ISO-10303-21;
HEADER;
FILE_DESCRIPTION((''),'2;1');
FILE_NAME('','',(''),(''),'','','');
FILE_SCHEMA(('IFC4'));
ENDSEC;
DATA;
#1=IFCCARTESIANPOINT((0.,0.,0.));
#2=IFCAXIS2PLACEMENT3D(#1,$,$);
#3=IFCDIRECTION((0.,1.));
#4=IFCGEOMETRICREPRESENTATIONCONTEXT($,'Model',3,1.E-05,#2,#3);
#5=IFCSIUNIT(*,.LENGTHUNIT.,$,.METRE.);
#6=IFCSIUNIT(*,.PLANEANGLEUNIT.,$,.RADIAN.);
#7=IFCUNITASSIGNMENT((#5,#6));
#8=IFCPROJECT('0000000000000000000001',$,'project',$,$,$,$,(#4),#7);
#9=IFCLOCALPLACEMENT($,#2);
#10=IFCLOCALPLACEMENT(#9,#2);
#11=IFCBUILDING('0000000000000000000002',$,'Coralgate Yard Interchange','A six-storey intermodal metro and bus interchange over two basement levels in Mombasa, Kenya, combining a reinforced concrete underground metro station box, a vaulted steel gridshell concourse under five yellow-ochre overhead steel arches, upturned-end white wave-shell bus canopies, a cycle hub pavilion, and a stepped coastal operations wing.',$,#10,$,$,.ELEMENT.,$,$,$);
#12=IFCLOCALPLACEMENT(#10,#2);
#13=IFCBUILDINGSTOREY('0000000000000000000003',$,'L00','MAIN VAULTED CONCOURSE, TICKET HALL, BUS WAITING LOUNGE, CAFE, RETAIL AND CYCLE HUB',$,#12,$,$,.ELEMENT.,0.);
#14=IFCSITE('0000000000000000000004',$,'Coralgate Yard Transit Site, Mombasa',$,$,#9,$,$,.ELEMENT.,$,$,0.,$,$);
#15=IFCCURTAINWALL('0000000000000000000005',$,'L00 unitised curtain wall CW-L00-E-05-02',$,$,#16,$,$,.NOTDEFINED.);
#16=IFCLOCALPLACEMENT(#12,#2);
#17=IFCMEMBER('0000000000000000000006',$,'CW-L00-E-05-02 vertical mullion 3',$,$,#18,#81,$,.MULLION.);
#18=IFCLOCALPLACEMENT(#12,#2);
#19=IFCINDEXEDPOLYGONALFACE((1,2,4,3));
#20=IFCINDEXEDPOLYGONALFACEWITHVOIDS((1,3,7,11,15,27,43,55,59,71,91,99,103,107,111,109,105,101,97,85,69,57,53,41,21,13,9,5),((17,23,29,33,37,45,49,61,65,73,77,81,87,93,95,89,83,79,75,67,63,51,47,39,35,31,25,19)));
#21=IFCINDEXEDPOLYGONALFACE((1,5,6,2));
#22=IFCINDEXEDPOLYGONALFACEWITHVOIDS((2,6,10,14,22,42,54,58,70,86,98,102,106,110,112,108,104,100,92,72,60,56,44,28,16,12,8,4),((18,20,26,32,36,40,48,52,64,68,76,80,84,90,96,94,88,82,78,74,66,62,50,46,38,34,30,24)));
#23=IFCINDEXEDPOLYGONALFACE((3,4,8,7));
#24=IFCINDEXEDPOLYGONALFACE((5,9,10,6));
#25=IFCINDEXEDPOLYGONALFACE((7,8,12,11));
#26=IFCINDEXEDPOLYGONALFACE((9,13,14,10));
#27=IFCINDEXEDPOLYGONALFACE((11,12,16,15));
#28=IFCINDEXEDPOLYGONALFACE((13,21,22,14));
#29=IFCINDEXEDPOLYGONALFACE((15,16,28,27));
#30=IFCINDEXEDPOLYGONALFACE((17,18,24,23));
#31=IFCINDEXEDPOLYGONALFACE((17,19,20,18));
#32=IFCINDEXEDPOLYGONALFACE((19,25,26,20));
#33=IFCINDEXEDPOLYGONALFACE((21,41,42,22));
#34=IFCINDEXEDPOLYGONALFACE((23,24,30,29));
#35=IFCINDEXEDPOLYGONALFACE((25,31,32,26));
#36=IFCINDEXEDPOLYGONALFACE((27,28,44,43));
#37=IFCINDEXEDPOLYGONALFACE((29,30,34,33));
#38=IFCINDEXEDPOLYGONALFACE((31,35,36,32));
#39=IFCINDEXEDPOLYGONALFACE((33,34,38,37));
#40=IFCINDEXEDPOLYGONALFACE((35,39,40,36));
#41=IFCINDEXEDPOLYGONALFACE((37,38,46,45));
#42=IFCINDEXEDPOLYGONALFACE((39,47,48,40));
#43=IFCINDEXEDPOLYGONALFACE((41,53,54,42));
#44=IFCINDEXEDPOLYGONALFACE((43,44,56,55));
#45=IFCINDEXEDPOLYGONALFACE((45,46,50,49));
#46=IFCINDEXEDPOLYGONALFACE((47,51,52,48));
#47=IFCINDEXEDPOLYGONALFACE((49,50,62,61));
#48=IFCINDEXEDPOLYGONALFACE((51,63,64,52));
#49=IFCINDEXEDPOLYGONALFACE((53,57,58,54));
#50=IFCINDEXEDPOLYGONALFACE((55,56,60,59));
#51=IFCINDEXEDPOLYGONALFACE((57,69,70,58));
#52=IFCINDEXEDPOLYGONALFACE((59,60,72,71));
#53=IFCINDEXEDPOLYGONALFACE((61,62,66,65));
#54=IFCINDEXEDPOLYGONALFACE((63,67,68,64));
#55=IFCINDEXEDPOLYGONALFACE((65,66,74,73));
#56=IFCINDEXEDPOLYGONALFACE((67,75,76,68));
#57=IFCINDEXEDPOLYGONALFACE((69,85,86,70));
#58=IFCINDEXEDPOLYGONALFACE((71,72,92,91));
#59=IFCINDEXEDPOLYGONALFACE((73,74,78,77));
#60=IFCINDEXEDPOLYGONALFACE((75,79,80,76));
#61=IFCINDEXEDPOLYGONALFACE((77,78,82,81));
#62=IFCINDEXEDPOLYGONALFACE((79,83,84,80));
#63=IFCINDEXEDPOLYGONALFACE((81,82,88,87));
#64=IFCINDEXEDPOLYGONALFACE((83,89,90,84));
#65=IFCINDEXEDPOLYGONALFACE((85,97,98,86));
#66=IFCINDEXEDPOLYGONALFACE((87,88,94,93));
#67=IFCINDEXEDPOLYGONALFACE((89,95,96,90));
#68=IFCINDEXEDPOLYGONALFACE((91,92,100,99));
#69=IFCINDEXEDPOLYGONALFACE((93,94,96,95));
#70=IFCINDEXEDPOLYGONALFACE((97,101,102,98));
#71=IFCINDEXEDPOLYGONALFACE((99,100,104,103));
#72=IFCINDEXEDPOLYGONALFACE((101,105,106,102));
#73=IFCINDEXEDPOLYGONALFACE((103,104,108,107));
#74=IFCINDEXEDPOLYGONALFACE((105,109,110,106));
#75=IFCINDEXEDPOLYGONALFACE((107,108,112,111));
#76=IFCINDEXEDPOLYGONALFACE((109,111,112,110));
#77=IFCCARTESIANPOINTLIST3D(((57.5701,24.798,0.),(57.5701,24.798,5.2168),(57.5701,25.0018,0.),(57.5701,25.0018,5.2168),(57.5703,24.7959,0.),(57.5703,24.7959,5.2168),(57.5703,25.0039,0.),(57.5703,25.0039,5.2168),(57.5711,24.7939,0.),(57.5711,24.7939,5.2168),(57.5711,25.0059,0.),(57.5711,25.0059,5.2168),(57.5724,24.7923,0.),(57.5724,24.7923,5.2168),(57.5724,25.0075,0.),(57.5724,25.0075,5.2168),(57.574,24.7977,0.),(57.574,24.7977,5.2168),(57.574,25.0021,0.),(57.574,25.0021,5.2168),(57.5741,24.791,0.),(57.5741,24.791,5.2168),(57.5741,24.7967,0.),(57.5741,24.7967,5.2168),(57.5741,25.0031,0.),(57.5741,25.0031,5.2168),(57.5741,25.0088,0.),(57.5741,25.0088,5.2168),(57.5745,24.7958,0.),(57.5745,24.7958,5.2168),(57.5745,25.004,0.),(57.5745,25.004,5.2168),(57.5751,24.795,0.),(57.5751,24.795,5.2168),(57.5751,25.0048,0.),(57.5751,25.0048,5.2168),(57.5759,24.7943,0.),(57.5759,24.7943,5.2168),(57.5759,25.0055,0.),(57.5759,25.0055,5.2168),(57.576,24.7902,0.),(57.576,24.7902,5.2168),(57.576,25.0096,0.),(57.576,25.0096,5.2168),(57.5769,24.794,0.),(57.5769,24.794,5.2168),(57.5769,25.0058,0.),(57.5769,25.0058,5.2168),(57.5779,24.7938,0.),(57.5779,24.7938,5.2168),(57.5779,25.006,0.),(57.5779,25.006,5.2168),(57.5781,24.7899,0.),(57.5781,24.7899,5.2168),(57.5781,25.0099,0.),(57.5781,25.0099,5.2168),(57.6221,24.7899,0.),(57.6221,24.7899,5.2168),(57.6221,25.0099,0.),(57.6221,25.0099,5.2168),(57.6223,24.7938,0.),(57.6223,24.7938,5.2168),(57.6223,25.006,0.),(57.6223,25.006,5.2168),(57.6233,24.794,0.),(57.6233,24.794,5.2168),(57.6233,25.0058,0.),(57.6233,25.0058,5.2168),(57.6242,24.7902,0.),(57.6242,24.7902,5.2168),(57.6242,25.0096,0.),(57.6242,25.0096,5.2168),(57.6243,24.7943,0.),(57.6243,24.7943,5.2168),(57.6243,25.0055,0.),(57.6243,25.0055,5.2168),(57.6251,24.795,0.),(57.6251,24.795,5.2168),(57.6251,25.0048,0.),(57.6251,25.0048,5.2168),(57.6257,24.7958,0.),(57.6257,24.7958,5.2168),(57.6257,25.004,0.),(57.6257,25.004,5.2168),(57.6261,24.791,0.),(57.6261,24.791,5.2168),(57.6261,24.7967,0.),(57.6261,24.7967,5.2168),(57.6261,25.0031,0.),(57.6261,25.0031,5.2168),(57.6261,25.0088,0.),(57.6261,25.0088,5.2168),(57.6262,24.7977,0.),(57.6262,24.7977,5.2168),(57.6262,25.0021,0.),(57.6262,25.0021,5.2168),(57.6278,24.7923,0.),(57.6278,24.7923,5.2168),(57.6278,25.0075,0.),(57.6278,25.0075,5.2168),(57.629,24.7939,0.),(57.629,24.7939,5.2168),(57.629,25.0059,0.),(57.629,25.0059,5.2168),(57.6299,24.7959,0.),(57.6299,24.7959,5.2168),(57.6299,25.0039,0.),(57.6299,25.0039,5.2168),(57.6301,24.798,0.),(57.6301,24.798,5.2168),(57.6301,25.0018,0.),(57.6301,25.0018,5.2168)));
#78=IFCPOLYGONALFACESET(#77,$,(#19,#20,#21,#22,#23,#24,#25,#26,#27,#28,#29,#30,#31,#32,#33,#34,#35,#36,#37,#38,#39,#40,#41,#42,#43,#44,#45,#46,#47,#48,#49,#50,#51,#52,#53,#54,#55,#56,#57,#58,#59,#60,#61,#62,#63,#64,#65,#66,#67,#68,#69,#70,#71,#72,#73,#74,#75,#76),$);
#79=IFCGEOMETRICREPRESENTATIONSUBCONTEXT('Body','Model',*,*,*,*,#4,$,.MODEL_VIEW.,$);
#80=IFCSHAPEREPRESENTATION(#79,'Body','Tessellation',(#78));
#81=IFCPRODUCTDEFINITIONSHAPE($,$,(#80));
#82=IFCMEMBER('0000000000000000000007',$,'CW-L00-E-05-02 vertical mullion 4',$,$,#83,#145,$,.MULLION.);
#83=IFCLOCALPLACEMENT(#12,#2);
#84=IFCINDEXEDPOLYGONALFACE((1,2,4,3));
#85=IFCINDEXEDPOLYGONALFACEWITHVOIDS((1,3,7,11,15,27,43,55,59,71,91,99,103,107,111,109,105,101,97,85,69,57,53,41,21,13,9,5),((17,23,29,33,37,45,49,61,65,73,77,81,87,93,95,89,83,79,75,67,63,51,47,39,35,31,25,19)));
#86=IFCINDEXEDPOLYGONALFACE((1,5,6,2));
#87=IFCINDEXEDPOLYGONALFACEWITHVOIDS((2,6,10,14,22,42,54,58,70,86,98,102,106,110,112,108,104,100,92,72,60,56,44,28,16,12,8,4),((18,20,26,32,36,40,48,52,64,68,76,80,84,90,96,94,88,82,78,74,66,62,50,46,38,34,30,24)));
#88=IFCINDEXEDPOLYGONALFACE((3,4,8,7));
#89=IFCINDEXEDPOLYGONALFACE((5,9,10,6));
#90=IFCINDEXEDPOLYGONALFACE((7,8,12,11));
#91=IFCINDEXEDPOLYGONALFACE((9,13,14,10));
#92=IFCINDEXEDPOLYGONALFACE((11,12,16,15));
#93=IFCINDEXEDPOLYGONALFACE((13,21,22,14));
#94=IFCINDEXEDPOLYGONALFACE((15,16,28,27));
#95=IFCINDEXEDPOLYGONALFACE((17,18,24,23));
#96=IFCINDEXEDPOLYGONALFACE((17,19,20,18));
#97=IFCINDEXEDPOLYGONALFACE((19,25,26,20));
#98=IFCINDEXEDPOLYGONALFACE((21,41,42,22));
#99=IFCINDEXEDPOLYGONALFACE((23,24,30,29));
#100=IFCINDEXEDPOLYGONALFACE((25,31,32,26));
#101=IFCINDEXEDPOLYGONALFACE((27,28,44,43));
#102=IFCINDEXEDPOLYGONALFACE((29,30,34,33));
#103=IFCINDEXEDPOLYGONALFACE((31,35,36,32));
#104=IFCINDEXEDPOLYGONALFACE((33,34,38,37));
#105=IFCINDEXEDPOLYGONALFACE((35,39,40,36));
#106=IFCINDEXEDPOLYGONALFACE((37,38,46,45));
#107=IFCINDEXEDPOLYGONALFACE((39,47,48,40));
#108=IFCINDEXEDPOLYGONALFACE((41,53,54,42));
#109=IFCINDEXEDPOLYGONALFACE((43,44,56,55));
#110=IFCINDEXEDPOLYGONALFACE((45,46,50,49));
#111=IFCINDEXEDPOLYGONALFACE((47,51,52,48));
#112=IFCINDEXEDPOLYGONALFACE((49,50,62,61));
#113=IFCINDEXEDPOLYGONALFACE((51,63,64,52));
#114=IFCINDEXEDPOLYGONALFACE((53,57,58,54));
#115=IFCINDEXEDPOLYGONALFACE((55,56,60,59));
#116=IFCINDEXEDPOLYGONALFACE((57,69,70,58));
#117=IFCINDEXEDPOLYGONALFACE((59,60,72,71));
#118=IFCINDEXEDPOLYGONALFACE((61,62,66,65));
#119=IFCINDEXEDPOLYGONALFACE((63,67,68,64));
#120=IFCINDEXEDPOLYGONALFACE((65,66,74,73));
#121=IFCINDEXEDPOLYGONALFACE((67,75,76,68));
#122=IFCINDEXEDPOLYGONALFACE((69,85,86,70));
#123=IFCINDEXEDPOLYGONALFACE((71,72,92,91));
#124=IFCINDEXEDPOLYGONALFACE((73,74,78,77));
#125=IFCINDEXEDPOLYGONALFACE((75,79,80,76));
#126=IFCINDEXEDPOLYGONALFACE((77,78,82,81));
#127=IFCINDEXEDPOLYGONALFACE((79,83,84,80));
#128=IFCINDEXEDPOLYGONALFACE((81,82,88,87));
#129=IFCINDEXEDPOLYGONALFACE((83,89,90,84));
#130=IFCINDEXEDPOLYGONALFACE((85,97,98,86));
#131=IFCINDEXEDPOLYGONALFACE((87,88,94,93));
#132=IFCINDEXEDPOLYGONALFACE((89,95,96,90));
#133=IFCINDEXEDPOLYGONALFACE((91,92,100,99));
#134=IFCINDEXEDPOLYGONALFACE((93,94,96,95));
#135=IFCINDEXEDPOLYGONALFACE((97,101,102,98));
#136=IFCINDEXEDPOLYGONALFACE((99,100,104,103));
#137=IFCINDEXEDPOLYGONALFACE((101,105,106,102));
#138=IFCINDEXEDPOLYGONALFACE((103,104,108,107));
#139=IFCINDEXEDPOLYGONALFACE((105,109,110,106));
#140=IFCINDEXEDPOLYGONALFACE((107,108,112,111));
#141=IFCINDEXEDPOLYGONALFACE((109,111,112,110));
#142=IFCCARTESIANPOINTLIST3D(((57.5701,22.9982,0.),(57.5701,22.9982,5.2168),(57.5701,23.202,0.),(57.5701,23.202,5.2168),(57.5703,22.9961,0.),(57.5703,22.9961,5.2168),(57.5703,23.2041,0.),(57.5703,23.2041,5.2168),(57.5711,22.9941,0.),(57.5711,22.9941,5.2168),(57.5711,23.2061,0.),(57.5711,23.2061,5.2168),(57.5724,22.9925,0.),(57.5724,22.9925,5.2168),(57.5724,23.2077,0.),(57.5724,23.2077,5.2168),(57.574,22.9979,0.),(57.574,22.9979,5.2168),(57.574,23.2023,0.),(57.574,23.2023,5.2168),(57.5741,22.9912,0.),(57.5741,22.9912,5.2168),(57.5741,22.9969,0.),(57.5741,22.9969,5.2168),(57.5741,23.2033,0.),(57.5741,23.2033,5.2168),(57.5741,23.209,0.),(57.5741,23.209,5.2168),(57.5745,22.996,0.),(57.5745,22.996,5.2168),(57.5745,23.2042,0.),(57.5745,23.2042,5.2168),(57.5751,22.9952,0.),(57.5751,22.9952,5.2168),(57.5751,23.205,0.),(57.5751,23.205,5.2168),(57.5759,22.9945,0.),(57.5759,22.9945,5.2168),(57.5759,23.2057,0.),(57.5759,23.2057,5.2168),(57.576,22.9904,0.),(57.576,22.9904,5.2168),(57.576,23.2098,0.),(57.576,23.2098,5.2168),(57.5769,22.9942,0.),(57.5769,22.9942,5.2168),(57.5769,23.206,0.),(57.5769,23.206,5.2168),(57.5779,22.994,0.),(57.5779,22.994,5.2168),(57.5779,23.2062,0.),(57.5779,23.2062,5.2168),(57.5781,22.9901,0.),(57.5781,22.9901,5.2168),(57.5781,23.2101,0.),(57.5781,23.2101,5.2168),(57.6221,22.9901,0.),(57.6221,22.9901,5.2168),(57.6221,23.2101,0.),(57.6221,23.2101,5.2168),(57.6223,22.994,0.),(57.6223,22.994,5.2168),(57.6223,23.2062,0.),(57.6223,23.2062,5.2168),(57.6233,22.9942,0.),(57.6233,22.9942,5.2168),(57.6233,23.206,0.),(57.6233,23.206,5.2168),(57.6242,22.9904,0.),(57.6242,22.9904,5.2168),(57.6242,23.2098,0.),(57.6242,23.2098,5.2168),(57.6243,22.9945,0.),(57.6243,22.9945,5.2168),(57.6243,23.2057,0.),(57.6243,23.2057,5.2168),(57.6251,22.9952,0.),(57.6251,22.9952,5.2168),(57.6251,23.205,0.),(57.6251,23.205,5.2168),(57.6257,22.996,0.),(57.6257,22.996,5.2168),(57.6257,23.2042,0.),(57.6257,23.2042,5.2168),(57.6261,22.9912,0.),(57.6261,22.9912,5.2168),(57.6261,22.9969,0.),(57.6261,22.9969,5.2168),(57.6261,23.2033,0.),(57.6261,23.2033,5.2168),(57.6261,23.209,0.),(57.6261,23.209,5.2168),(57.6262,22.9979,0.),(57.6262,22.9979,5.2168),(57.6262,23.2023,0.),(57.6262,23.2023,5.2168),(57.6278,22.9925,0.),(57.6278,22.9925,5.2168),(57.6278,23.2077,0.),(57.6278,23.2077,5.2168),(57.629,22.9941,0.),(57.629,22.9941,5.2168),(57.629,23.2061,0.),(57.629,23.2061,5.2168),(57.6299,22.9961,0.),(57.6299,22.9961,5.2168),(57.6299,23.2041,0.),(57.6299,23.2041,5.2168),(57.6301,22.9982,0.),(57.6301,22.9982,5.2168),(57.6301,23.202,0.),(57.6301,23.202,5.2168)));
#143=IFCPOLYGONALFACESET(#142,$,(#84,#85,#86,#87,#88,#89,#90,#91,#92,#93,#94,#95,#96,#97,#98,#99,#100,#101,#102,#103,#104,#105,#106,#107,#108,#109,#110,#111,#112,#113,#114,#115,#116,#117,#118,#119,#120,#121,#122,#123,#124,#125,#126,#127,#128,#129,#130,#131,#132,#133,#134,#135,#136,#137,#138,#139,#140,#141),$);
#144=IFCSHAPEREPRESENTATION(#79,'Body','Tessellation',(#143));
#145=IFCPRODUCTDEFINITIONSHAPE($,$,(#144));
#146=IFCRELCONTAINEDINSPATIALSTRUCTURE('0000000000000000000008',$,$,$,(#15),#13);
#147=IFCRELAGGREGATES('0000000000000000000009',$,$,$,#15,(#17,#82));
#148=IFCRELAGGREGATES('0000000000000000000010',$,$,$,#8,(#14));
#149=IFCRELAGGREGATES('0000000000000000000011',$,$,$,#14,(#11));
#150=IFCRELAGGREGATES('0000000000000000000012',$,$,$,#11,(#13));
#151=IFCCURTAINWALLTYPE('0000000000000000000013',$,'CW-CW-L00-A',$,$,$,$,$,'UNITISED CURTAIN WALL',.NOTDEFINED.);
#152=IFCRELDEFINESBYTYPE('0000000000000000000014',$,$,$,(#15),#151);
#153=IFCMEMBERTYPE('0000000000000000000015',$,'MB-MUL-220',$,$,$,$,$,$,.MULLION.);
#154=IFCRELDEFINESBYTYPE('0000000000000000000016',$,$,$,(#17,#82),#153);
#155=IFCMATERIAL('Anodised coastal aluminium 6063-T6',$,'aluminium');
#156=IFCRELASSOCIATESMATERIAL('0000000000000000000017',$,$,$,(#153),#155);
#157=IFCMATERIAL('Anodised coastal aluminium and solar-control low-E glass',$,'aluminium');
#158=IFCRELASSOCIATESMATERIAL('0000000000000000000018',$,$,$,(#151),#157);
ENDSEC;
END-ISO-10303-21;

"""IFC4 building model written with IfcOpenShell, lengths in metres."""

from ifc_helpers import new_model, si_unit, direction, frame, origin, origin_2d, place, context, subcontext, project, spatial, hollow_rectangle, extrude, material, material_profile, profile_set, type_object, element, aggregate, save


model = new_model("IFC4")

# Units and contexts
model_context = context("Model", 3, precision=1e-05, world=origin(), true_north=direction((0.0, 1.0)))
body_context = subcontext(model_context, "Body", "Model", "MODEL_VIEW")
ifc_project = project(units=[si_unit("LENGTHUNIT", "METRE"), si_unit("PLANEANGLEUNIT", "RADIAN")], contexts=[model_context])

# Site, building, storey
site_placement = place(None, origin())
site = spatial("IfcSite", under=ifc_project, at=site_placement, Name="Coralgate Yard Transit Site, Mombasa", CompositionType="ELEMENT", RefElevation=0.0)
building_placement = place(site_placement, origin())
building = spatial("IfcBuilding", under=site, at=building_placement, Name="Coralgate Yard Interchange", Description="A six-storey intermodal metro and bus interchange over two basement levels in Mombasa, Kenya, combining a reinforced concrete underground metro station box, a vaulted steel gridshell concourse under five yellow-ochre overhead steel arches, upturned-end white wave-shell bus canopies, a cycle hub pavilion, and a stepped coastal operations wing.", CompositionType="ELEMENT")
storey_placement = place(building_placement, origin())
storey = spatial("IfcBuildingStorey", under=building, at=storey_placement, Name="L00", Description="MAIN VAULTED CONCOURSE, TICKET HALL, BUS WAITING LOUNGE, CAFE, RETAIL AND CYCLE HUB", CompositionType="ELEMENT", Elevation=0.0)

# Shared definitions
ifc_material_1 = material(Name="Anodised coastal aluminium and solar-control low-E glass", Category="aluminium")
ifc_material_2 = material(Name="Anodised coastal aluminium 6063-T6", Category="aluminium")
ifc_material_profile_1 = material_profile(ifc_material_2, hollow_rectangle(XDim=0.0601, YDim=0.22, WallThickness=0.0039, InnerFilletRadius=0.0039, OuterFilletRadius=0.0081, at=origin_2d()), Name="ALU 60x220x4")
ifc_profile_set_1 = profile_set([ifc_material_profile_1], Name="Anodised coastal aluminium 6063-T6")
member_type_1 = type_object("IfcMemberType", Name="MB-MUL-220", PredefinedType="MULLION", material=ifc_profile_set_1)

# Curtain wall, members
curtain_wall_type_1 = type_object("IfcCurtainWallType", Name="CW-CW-L00-A", ElementType="UNITISED CURTAIN WALL", PredefinedType="NOTDEFINED", material=ifc_material_1)
curtain_wall_1_placement = place(storey_placement, origin())
curtain_wall_1 = element("IfcCurtainWall", 1, at=curtain_wall_1_placement, inside=storey, type_object=curtain_wall_type_1, Name="L00 unitised curtain wall CW-L00-E-05-02", PredefinedType="NOTDEFINED")
member_1_placement = place(storey_placement, frame((57.6001, 24.8999, 0.0), z_axis=(0.0, 0.0, 1.0), x_axis=(1.0, 0.0, 0.0)))
member_1 = element("IfcMember", 2, at=member_1_placement, type_object=member_type_1, Name="CW-L00-E-05-02 vertical mullion 3", PredefinedType="MULLION", context=body_context, shape_type="SweptSolid", body=[
    extrude(hollow_rectangle(XDim=0.0601, YDim=0.22, WallThickness=0.0039, InnerFilletRadius=0.0039, OuterFilletRadius=0.0081, at=origin_2d()), origin(), (0.0, 0.0, 1.0), 5.2168),
])
member_2_placement = place(storey_placement, frame((57.6001, 23.1001, 0.0), z_axis=(0.0, 0.0, 1.0), x_axis=(1.0, 0.0, 0.0)))
member_2 = element("IfcMember", 3, at=member_2_placement, type_object=member_type_1, Name="CW-L00-E-05-02 vertical mullion 4", PredefinedType="MULLION", context=body_context, shape_type="SweptSolid", body=[
    extrude(hollow_rectangle(XDim=0.0601, YDim=0.22, WallThickness=0.0039, InnerFilletRadius=0.0039, OuterFilletRadius=0.0081, at=origin_2d()), origin(), (0.0, 0.0, 1.0), 5.2168),
])
aggregate(curtain_wall_1, [member_1, member_2])

save(model, "model.ifc")
